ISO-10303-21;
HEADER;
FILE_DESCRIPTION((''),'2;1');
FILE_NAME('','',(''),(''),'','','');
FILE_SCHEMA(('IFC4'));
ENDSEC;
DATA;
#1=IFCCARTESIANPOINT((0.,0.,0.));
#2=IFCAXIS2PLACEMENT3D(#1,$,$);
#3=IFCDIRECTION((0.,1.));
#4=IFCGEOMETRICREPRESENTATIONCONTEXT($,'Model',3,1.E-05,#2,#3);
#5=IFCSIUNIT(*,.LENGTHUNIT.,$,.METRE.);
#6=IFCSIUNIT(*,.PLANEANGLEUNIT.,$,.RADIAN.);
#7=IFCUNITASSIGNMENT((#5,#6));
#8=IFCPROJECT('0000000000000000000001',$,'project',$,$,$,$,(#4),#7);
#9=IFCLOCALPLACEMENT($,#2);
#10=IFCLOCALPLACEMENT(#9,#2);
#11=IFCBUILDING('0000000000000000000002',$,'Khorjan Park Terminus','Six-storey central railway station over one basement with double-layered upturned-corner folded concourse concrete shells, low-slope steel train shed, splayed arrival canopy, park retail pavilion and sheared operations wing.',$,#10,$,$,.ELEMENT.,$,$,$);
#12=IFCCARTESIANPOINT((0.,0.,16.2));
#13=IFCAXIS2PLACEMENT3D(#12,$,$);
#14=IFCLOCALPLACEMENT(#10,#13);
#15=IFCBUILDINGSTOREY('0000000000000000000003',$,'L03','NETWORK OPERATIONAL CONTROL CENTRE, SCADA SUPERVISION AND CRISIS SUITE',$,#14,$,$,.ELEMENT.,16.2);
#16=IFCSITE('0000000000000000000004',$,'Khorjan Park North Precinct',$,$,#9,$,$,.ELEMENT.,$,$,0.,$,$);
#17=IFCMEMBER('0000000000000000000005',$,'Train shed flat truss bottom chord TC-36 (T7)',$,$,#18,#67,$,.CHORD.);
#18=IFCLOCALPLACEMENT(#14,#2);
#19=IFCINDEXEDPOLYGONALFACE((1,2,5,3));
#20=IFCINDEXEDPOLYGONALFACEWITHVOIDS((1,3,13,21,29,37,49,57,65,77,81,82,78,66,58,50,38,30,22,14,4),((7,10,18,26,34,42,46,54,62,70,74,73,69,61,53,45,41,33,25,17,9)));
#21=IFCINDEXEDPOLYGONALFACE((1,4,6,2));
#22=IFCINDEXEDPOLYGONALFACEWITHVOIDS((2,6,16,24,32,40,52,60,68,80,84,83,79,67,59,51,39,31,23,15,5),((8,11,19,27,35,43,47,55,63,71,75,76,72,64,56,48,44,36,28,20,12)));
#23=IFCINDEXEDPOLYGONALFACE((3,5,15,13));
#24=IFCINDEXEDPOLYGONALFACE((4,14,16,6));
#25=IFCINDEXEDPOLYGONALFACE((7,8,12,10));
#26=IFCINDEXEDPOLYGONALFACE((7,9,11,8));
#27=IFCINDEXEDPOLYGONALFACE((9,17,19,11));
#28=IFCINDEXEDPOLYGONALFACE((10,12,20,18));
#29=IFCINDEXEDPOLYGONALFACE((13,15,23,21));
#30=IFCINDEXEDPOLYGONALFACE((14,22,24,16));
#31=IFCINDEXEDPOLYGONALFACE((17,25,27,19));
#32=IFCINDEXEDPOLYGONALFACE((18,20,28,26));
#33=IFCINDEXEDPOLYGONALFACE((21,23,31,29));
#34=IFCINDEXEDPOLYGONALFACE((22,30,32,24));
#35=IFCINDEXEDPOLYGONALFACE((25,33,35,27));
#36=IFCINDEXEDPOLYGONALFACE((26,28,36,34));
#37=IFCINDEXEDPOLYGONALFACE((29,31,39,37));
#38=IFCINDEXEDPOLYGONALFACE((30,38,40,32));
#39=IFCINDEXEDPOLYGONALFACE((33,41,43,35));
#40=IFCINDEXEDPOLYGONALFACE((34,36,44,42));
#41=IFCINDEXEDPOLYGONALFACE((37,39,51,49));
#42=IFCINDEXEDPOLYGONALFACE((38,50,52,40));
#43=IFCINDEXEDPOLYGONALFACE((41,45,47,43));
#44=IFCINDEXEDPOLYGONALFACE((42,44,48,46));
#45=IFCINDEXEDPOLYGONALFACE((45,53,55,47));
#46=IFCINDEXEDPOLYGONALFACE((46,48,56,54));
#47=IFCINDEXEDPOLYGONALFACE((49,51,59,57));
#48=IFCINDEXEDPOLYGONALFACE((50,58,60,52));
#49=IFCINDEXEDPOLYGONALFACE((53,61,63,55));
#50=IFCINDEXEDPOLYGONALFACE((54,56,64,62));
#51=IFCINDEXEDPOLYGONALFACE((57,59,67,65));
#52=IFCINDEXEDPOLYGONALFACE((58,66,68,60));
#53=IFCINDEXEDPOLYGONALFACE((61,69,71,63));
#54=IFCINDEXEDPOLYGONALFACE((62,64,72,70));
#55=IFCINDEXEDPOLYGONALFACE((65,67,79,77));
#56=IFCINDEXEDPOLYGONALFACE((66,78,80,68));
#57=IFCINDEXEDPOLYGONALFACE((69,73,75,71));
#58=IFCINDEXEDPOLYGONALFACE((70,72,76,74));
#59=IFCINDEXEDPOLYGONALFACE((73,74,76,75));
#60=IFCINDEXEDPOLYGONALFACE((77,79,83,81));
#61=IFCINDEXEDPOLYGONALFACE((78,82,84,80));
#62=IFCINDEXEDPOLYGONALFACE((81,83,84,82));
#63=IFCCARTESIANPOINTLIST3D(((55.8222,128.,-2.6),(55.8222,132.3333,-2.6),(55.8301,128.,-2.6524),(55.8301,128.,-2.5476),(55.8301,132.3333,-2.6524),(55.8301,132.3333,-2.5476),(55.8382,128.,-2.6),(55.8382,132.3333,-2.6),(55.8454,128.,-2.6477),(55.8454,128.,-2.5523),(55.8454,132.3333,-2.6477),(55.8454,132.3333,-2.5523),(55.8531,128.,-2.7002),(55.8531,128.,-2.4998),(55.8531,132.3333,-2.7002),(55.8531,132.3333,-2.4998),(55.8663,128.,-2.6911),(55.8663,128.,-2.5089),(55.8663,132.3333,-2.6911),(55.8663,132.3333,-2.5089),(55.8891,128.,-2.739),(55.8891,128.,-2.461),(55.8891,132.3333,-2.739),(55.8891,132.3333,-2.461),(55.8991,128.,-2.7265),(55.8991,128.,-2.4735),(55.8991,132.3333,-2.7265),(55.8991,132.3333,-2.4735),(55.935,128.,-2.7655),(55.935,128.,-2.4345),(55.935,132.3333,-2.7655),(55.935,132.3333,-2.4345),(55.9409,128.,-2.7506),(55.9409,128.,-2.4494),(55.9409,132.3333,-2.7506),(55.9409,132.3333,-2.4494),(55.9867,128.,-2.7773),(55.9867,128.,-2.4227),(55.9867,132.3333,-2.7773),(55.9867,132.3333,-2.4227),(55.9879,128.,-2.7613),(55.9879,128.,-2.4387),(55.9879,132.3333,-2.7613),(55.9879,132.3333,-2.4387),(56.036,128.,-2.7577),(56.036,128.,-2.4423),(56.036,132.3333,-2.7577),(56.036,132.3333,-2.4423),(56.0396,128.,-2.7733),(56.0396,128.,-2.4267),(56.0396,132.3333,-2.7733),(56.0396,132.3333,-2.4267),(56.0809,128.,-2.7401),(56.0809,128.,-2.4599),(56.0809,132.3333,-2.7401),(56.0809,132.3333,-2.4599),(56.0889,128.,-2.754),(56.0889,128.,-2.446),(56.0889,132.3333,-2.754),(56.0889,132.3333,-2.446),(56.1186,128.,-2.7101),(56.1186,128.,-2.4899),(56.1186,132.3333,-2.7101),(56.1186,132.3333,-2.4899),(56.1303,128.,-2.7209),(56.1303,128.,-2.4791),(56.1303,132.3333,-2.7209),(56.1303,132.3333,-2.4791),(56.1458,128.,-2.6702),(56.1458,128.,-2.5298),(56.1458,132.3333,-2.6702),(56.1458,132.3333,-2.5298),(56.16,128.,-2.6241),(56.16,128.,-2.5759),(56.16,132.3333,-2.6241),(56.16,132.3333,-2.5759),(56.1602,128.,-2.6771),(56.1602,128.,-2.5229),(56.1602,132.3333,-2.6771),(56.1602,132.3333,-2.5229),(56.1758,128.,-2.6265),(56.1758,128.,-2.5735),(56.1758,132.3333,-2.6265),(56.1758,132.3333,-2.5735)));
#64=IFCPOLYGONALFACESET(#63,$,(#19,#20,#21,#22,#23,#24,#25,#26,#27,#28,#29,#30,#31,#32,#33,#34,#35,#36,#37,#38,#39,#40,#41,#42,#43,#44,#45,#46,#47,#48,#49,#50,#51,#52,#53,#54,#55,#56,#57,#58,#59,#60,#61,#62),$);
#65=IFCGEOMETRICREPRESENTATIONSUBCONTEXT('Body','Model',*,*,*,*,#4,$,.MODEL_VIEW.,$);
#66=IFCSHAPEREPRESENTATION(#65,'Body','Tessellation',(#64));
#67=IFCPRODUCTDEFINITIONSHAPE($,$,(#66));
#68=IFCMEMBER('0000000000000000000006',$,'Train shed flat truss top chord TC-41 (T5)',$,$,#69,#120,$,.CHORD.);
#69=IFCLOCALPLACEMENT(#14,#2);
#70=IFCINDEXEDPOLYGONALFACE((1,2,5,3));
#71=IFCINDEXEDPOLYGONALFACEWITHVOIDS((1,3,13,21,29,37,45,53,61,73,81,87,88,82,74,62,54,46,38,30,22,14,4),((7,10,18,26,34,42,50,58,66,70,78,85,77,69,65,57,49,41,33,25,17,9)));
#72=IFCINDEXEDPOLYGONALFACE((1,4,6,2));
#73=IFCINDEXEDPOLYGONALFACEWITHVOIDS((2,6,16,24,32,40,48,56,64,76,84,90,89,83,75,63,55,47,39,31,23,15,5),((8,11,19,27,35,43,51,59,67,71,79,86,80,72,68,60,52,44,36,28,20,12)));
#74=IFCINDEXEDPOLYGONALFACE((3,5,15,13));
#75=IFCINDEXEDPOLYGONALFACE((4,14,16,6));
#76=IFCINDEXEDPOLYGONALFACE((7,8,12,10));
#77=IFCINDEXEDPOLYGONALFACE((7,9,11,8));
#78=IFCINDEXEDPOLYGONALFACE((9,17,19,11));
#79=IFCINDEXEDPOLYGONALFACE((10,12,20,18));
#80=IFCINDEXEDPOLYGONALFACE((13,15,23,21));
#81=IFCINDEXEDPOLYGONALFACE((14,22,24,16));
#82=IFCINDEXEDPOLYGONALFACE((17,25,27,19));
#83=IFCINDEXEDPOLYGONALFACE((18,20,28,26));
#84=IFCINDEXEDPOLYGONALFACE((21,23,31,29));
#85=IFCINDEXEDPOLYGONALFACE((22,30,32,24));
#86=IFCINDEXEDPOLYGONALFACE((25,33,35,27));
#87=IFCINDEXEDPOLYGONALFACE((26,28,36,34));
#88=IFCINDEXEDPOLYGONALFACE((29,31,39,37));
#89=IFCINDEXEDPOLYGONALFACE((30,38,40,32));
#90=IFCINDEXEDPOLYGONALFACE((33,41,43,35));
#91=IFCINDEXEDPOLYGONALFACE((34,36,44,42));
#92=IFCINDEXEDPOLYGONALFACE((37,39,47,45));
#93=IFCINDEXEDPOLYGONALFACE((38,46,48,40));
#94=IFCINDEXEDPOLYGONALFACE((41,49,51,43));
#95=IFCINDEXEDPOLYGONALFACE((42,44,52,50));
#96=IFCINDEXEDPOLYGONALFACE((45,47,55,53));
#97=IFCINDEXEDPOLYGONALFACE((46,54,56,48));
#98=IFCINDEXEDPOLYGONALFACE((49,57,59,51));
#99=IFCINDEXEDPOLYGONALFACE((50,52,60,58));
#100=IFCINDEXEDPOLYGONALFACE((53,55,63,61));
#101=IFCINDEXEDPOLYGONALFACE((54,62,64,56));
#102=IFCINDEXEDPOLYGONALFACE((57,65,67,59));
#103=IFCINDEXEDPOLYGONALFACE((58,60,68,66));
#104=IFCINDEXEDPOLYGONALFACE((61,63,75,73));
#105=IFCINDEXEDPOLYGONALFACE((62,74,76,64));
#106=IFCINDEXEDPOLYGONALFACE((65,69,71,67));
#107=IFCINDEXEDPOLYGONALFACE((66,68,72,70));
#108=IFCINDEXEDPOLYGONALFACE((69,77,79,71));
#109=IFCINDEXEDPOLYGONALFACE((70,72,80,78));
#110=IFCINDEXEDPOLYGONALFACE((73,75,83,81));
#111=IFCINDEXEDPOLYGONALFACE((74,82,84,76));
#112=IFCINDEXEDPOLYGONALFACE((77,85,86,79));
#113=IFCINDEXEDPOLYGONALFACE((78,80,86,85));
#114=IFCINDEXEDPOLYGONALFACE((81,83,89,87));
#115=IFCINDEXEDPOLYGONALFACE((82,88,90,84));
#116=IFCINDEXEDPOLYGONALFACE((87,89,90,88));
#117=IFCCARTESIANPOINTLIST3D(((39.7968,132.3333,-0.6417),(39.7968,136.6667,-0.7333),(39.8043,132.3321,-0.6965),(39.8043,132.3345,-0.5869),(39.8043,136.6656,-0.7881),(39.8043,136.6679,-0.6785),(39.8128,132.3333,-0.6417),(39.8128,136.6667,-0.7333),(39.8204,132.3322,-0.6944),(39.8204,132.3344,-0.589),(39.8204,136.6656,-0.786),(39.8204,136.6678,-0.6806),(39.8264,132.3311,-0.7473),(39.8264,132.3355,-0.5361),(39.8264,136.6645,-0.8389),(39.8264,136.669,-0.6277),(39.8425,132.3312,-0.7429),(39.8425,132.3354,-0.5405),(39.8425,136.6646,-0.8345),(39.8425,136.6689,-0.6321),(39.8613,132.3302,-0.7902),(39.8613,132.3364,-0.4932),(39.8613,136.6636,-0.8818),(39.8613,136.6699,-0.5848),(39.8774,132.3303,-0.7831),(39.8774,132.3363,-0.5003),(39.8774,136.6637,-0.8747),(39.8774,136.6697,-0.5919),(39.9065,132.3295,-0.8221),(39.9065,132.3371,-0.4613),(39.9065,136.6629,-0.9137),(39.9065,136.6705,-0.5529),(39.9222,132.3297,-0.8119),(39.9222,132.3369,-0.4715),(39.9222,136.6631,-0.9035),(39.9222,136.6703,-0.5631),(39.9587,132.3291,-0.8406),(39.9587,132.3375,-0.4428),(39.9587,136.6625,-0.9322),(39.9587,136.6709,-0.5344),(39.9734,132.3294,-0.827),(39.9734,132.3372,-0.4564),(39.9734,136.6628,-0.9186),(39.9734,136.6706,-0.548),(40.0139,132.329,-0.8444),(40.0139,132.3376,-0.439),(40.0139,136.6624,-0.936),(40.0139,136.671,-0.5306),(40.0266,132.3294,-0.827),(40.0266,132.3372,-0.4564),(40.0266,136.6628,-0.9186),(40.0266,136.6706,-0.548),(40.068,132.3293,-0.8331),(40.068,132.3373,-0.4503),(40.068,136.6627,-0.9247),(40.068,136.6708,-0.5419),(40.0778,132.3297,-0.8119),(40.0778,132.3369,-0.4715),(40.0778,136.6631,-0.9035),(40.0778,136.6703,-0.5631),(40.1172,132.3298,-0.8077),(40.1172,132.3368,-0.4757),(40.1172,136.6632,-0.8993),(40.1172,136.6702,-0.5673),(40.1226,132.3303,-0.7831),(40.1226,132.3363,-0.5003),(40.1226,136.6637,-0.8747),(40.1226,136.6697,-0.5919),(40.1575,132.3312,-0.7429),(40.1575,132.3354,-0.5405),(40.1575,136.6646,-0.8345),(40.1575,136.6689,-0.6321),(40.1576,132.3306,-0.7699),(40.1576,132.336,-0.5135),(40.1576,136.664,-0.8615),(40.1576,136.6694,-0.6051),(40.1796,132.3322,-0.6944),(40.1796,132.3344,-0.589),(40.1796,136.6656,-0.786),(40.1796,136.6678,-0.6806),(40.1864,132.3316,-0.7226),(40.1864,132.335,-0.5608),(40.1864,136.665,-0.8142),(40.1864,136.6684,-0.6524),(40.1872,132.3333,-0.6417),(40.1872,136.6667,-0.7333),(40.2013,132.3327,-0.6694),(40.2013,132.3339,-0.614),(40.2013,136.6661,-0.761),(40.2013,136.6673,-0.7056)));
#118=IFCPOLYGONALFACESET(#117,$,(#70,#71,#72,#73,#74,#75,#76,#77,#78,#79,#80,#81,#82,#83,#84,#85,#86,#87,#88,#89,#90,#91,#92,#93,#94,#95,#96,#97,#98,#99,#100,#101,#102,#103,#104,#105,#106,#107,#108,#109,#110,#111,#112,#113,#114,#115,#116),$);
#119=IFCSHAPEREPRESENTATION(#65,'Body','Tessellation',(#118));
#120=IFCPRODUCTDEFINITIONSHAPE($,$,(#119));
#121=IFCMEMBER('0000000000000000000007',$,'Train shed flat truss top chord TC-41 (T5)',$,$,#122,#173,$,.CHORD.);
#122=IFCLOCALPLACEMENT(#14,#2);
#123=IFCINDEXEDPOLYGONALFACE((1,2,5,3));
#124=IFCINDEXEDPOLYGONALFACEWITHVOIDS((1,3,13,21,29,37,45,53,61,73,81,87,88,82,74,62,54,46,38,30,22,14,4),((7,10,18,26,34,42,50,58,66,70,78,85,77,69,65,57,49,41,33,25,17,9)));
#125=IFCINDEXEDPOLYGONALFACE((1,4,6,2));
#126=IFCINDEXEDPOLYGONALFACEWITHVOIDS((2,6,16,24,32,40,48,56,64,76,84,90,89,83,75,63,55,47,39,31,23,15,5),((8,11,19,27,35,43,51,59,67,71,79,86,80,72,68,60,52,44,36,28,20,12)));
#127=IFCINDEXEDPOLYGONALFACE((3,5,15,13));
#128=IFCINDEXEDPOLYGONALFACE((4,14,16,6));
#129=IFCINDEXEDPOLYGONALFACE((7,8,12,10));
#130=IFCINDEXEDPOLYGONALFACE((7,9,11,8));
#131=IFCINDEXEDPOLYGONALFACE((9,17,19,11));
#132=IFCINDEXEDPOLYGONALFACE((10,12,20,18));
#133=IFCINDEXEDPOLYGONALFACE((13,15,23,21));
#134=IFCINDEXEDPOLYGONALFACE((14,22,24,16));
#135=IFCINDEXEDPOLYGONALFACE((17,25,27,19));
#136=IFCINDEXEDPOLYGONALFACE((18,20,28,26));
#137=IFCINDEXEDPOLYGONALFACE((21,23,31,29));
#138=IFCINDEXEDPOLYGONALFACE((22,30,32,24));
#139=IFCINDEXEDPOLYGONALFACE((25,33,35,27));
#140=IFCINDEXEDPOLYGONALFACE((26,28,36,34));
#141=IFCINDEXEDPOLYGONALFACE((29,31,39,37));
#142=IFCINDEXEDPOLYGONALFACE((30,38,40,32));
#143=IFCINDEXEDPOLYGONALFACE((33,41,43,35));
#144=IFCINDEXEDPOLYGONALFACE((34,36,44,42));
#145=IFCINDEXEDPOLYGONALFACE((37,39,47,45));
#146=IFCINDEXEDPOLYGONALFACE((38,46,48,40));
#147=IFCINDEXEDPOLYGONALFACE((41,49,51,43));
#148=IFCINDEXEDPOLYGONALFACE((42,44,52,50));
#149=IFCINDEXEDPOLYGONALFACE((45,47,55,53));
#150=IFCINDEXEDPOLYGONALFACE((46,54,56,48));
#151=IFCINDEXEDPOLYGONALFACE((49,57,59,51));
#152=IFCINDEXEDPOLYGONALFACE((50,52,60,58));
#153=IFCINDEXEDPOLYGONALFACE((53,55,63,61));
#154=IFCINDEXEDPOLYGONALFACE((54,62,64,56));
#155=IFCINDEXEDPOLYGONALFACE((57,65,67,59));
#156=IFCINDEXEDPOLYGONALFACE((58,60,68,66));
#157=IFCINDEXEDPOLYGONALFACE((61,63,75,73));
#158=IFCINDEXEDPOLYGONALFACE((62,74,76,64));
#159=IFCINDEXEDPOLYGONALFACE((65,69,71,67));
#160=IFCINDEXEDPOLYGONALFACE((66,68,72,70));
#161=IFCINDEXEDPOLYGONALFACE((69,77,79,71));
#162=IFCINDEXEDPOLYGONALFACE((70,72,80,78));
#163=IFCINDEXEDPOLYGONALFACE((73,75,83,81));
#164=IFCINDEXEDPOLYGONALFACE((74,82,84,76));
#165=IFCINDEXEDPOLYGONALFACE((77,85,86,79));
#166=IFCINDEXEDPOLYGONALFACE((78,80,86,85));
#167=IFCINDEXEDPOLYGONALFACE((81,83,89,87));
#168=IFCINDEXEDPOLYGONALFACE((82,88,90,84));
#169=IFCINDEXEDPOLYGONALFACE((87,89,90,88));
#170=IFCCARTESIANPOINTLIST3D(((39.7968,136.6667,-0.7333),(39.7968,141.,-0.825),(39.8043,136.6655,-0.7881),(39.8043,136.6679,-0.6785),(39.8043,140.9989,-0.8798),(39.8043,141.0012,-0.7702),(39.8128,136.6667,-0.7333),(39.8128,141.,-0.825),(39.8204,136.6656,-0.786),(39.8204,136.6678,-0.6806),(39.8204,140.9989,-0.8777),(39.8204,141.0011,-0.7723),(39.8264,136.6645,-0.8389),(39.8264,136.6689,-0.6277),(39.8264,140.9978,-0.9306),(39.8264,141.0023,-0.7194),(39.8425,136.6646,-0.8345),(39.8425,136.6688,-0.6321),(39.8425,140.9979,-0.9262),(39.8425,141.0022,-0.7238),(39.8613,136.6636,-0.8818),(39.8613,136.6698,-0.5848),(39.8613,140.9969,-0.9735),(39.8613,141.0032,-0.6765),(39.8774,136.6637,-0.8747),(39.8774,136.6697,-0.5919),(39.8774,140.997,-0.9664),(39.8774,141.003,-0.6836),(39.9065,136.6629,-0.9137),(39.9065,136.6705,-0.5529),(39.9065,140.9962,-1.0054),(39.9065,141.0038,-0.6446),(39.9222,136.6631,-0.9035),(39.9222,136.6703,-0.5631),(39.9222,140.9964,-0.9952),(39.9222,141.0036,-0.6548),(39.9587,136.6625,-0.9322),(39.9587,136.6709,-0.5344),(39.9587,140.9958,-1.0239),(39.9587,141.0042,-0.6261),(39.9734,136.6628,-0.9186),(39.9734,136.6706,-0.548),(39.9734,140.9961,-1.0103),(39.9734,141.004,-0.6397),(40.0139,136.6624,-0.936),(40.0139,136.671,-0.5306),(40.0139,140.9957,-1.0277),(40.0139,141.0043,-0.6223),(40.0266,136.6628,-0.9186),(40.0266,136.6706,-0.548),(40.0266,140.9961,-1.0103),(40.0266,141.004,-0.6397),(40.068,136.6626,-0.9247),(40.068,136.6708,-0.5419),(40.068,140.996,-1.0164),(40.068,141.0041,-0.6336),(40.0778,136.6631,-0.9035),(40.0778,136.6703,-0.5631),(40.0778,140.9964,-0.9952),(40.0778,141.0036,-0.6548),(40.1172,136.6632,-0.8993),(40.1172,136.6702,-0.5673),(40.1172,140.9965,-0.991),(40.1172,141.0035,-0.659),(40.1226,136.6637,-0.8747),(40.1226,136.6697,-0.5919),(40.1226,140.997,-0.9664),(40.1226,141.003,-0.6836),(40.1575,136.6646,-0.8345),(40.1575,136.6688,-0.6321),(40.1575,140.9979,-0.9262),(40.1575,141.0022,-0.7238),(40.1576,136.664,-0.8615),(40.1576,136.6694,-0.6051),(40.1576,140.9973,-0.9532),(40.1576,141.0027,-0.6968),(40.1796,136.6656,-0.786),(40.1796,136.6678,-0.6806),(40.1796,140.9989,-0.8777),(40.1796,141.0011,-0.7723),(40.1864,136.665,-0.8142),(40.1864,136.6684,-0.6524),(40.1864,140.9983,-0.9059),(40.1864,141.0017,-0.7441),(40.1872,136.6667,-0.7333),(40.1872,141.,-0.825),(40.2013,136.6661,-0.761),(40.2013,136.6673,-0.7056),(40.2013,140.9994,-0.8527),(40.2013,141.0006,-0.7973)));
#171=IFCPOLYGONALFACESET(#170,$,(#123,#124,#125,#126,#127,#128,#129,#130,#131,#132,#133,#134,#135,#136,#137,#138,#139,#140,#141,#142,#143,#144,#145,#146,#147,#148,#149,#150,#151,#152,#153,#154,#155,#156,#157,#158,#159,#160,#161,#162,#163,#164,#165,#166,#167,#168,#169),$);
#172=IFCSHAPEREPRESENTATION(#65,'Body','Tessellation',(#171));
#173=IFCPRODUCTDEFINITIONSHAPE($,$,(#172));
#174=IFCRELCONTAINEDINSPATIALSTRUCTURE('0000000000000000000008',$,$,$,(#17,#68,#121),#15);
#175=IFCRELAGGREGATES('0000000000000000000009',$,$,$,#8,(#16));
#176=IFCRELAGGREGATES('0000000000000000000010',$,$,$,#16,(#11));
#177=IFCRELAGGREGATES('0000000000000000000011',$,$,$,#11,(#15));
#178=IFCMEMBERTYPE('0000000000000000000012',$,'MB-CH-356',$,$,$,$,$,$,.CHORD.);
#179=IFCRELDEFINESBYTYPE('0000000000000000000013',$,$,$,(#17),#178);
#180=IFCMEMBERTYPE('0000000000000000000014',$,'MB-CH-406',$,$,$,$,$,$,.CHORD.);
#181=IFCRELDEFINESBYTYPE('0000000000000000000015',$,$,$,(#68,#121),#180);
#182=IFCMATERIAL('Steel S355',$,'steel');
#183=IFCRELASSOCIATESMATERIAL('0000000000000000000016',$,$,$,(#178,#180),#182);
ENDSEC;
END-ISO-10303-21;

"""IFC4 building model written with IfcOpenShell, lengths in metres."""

from ifc_helpers import new_model, si_unit, direction, frame, origin, origin_2d, place, context, subcontext, project, spatial, hollow_circle, extrude, material, material_profile, profile_set, type_object, element, save


model = new_model("IFC4")

# Units and contexts
model_context = context("Model", 3, precision=1e-05, world=origin(), true_north=direction((0.0, 1.0)))
body_context = subcontext(model_context, "Body", "Model", "MODEL_VIEW")
ifc_project = project(units=[si_unit("LENGTHUNIT", "METRE"), si_unit("PLANEANGLEUNIT", "RADIAN")], contexts=[model_context])

# Site, building, storey
site_placement = place(None, origin())
site = spatial("IfcSite", under=ifc_project, at=site_placement, Name="Khorjan Park North Precinct", CompositionType="ELEMENT", RefElevation=0.0)
building_placement = place(site_placement, origin())
building = spatial("IfcBuilding", under=site, at=building_placement, Name="Khorjan Park Terminus", Description="Six-storey central railway station over one basement with double-layered upturned-corner folded concourse concrete shells, low-slope steel train shed, splayed arrival canopy, park retail pavilion and sheared operations wing.", CompositionType="ELEMENT")
storey_placement = place(building_placement, frame((0.0, 0.0, 16.2)))
storey = spatial("IfcBuildingStorey", under=building, at=storey_placement, Name="L03", Description="NETWORK OPERATIONAL CONTROL CENTRE, SCADA SUPERVISION AND CRISIS SUITE", CompositionType="ELEMENT", Elevation=16.2)

# Members
ifc_material = material(Name="Steel S355", Category="steel")
ifc_material_profile_1 = material_profile(ifc_material, hollow_circle(Radius=0.1778, WallThickness=0.016, at=origin_2d()), Name="CHS 355.6x16")
ifc_profile_set_1 = profile_set([ifc_material_profile_1], Name="Steel S355")
member_type_1 = type_object("IfcMemberType", Name="MB-CH-356", PredefinedType="CHORD", material=ifc_profile_set_1)
member_1_placement = place(storey_placement, frame((56.0, 128.0, -2.6), z_axis=(0.0, 1.0, 0.0), x_axis=(-1.0, 0.0, 0.0)))
element("IfcMember", 1, at=member_1_placement, inside=storey, type_object=member_type_1, Name="Train shed flat truss bottom chord TC-36 (T7)", PredefinedType="CHORD", context=body_context, shape_type="SweptSolid", body=[
    extrude(hollow_circle(Radius=0.1778, WallThickness=0.016, at=origin_2d()), origin(), (0.0, 0.0, 1.0), 4.3333),
])
ifc_material_profile_2 = material_profile(ifc_material, hollow_circle(Radius=0.2032, WallThickness=0.016, at=origin_2d()), Name="CHS 406.4x16")
ifc_profile_set_2 = profile_set([ifc_material_profile_2], Name="Steel S355")
member_type_2 = type_object("IfcMemberType", Name="MB-CH-406", PredefinedType="CHORD", material=ifc_profile_set_2)
member_2_placement = place(storey_placement, frame((40.0, 132.3333, -0.6417), z_axis=(0.0, 0.999777, -0.021133), x_axis=(-1.0, 0.0, 0.0)))
element("IfcMember", 2, at=member_2_placement, inside=storey, type_object=member_type_2, Name="Train shed flat truss top chord TC-41 (T5)", PredefinedType="CHORD", context=body_context, shape_type="SweptSolid", body=[
    extrude(hollow_circle(Radius=0.2032, WallThickness=0.016, at=origin_2d()), origin(), (0.0, 0.0, 1.0), 4.3344),
])
member_3_placement = place(storey_placement, frame((40.0, 136.6667, -0.7333), z_axis=(0.0, 0.999776, -0.021157), x_axis=(-1.0, 0.0, 0.0)))
element("IfcMember", 3, at=member_3_placement, inside=storey, type_object=member_type_2, Name="Train shed flat truss top chord TC-41 (T5)", PredefinedType="CHORD", context=body_context, shape_type="SweptSolid", body=[
    extrude(hollow_circle(Radius=0.2032, WallThickness=0.016, at=origin_2d()), origin(), (0.0, 0.0, 1.0), 4.3343),
])

save(model, "model.ifc")
